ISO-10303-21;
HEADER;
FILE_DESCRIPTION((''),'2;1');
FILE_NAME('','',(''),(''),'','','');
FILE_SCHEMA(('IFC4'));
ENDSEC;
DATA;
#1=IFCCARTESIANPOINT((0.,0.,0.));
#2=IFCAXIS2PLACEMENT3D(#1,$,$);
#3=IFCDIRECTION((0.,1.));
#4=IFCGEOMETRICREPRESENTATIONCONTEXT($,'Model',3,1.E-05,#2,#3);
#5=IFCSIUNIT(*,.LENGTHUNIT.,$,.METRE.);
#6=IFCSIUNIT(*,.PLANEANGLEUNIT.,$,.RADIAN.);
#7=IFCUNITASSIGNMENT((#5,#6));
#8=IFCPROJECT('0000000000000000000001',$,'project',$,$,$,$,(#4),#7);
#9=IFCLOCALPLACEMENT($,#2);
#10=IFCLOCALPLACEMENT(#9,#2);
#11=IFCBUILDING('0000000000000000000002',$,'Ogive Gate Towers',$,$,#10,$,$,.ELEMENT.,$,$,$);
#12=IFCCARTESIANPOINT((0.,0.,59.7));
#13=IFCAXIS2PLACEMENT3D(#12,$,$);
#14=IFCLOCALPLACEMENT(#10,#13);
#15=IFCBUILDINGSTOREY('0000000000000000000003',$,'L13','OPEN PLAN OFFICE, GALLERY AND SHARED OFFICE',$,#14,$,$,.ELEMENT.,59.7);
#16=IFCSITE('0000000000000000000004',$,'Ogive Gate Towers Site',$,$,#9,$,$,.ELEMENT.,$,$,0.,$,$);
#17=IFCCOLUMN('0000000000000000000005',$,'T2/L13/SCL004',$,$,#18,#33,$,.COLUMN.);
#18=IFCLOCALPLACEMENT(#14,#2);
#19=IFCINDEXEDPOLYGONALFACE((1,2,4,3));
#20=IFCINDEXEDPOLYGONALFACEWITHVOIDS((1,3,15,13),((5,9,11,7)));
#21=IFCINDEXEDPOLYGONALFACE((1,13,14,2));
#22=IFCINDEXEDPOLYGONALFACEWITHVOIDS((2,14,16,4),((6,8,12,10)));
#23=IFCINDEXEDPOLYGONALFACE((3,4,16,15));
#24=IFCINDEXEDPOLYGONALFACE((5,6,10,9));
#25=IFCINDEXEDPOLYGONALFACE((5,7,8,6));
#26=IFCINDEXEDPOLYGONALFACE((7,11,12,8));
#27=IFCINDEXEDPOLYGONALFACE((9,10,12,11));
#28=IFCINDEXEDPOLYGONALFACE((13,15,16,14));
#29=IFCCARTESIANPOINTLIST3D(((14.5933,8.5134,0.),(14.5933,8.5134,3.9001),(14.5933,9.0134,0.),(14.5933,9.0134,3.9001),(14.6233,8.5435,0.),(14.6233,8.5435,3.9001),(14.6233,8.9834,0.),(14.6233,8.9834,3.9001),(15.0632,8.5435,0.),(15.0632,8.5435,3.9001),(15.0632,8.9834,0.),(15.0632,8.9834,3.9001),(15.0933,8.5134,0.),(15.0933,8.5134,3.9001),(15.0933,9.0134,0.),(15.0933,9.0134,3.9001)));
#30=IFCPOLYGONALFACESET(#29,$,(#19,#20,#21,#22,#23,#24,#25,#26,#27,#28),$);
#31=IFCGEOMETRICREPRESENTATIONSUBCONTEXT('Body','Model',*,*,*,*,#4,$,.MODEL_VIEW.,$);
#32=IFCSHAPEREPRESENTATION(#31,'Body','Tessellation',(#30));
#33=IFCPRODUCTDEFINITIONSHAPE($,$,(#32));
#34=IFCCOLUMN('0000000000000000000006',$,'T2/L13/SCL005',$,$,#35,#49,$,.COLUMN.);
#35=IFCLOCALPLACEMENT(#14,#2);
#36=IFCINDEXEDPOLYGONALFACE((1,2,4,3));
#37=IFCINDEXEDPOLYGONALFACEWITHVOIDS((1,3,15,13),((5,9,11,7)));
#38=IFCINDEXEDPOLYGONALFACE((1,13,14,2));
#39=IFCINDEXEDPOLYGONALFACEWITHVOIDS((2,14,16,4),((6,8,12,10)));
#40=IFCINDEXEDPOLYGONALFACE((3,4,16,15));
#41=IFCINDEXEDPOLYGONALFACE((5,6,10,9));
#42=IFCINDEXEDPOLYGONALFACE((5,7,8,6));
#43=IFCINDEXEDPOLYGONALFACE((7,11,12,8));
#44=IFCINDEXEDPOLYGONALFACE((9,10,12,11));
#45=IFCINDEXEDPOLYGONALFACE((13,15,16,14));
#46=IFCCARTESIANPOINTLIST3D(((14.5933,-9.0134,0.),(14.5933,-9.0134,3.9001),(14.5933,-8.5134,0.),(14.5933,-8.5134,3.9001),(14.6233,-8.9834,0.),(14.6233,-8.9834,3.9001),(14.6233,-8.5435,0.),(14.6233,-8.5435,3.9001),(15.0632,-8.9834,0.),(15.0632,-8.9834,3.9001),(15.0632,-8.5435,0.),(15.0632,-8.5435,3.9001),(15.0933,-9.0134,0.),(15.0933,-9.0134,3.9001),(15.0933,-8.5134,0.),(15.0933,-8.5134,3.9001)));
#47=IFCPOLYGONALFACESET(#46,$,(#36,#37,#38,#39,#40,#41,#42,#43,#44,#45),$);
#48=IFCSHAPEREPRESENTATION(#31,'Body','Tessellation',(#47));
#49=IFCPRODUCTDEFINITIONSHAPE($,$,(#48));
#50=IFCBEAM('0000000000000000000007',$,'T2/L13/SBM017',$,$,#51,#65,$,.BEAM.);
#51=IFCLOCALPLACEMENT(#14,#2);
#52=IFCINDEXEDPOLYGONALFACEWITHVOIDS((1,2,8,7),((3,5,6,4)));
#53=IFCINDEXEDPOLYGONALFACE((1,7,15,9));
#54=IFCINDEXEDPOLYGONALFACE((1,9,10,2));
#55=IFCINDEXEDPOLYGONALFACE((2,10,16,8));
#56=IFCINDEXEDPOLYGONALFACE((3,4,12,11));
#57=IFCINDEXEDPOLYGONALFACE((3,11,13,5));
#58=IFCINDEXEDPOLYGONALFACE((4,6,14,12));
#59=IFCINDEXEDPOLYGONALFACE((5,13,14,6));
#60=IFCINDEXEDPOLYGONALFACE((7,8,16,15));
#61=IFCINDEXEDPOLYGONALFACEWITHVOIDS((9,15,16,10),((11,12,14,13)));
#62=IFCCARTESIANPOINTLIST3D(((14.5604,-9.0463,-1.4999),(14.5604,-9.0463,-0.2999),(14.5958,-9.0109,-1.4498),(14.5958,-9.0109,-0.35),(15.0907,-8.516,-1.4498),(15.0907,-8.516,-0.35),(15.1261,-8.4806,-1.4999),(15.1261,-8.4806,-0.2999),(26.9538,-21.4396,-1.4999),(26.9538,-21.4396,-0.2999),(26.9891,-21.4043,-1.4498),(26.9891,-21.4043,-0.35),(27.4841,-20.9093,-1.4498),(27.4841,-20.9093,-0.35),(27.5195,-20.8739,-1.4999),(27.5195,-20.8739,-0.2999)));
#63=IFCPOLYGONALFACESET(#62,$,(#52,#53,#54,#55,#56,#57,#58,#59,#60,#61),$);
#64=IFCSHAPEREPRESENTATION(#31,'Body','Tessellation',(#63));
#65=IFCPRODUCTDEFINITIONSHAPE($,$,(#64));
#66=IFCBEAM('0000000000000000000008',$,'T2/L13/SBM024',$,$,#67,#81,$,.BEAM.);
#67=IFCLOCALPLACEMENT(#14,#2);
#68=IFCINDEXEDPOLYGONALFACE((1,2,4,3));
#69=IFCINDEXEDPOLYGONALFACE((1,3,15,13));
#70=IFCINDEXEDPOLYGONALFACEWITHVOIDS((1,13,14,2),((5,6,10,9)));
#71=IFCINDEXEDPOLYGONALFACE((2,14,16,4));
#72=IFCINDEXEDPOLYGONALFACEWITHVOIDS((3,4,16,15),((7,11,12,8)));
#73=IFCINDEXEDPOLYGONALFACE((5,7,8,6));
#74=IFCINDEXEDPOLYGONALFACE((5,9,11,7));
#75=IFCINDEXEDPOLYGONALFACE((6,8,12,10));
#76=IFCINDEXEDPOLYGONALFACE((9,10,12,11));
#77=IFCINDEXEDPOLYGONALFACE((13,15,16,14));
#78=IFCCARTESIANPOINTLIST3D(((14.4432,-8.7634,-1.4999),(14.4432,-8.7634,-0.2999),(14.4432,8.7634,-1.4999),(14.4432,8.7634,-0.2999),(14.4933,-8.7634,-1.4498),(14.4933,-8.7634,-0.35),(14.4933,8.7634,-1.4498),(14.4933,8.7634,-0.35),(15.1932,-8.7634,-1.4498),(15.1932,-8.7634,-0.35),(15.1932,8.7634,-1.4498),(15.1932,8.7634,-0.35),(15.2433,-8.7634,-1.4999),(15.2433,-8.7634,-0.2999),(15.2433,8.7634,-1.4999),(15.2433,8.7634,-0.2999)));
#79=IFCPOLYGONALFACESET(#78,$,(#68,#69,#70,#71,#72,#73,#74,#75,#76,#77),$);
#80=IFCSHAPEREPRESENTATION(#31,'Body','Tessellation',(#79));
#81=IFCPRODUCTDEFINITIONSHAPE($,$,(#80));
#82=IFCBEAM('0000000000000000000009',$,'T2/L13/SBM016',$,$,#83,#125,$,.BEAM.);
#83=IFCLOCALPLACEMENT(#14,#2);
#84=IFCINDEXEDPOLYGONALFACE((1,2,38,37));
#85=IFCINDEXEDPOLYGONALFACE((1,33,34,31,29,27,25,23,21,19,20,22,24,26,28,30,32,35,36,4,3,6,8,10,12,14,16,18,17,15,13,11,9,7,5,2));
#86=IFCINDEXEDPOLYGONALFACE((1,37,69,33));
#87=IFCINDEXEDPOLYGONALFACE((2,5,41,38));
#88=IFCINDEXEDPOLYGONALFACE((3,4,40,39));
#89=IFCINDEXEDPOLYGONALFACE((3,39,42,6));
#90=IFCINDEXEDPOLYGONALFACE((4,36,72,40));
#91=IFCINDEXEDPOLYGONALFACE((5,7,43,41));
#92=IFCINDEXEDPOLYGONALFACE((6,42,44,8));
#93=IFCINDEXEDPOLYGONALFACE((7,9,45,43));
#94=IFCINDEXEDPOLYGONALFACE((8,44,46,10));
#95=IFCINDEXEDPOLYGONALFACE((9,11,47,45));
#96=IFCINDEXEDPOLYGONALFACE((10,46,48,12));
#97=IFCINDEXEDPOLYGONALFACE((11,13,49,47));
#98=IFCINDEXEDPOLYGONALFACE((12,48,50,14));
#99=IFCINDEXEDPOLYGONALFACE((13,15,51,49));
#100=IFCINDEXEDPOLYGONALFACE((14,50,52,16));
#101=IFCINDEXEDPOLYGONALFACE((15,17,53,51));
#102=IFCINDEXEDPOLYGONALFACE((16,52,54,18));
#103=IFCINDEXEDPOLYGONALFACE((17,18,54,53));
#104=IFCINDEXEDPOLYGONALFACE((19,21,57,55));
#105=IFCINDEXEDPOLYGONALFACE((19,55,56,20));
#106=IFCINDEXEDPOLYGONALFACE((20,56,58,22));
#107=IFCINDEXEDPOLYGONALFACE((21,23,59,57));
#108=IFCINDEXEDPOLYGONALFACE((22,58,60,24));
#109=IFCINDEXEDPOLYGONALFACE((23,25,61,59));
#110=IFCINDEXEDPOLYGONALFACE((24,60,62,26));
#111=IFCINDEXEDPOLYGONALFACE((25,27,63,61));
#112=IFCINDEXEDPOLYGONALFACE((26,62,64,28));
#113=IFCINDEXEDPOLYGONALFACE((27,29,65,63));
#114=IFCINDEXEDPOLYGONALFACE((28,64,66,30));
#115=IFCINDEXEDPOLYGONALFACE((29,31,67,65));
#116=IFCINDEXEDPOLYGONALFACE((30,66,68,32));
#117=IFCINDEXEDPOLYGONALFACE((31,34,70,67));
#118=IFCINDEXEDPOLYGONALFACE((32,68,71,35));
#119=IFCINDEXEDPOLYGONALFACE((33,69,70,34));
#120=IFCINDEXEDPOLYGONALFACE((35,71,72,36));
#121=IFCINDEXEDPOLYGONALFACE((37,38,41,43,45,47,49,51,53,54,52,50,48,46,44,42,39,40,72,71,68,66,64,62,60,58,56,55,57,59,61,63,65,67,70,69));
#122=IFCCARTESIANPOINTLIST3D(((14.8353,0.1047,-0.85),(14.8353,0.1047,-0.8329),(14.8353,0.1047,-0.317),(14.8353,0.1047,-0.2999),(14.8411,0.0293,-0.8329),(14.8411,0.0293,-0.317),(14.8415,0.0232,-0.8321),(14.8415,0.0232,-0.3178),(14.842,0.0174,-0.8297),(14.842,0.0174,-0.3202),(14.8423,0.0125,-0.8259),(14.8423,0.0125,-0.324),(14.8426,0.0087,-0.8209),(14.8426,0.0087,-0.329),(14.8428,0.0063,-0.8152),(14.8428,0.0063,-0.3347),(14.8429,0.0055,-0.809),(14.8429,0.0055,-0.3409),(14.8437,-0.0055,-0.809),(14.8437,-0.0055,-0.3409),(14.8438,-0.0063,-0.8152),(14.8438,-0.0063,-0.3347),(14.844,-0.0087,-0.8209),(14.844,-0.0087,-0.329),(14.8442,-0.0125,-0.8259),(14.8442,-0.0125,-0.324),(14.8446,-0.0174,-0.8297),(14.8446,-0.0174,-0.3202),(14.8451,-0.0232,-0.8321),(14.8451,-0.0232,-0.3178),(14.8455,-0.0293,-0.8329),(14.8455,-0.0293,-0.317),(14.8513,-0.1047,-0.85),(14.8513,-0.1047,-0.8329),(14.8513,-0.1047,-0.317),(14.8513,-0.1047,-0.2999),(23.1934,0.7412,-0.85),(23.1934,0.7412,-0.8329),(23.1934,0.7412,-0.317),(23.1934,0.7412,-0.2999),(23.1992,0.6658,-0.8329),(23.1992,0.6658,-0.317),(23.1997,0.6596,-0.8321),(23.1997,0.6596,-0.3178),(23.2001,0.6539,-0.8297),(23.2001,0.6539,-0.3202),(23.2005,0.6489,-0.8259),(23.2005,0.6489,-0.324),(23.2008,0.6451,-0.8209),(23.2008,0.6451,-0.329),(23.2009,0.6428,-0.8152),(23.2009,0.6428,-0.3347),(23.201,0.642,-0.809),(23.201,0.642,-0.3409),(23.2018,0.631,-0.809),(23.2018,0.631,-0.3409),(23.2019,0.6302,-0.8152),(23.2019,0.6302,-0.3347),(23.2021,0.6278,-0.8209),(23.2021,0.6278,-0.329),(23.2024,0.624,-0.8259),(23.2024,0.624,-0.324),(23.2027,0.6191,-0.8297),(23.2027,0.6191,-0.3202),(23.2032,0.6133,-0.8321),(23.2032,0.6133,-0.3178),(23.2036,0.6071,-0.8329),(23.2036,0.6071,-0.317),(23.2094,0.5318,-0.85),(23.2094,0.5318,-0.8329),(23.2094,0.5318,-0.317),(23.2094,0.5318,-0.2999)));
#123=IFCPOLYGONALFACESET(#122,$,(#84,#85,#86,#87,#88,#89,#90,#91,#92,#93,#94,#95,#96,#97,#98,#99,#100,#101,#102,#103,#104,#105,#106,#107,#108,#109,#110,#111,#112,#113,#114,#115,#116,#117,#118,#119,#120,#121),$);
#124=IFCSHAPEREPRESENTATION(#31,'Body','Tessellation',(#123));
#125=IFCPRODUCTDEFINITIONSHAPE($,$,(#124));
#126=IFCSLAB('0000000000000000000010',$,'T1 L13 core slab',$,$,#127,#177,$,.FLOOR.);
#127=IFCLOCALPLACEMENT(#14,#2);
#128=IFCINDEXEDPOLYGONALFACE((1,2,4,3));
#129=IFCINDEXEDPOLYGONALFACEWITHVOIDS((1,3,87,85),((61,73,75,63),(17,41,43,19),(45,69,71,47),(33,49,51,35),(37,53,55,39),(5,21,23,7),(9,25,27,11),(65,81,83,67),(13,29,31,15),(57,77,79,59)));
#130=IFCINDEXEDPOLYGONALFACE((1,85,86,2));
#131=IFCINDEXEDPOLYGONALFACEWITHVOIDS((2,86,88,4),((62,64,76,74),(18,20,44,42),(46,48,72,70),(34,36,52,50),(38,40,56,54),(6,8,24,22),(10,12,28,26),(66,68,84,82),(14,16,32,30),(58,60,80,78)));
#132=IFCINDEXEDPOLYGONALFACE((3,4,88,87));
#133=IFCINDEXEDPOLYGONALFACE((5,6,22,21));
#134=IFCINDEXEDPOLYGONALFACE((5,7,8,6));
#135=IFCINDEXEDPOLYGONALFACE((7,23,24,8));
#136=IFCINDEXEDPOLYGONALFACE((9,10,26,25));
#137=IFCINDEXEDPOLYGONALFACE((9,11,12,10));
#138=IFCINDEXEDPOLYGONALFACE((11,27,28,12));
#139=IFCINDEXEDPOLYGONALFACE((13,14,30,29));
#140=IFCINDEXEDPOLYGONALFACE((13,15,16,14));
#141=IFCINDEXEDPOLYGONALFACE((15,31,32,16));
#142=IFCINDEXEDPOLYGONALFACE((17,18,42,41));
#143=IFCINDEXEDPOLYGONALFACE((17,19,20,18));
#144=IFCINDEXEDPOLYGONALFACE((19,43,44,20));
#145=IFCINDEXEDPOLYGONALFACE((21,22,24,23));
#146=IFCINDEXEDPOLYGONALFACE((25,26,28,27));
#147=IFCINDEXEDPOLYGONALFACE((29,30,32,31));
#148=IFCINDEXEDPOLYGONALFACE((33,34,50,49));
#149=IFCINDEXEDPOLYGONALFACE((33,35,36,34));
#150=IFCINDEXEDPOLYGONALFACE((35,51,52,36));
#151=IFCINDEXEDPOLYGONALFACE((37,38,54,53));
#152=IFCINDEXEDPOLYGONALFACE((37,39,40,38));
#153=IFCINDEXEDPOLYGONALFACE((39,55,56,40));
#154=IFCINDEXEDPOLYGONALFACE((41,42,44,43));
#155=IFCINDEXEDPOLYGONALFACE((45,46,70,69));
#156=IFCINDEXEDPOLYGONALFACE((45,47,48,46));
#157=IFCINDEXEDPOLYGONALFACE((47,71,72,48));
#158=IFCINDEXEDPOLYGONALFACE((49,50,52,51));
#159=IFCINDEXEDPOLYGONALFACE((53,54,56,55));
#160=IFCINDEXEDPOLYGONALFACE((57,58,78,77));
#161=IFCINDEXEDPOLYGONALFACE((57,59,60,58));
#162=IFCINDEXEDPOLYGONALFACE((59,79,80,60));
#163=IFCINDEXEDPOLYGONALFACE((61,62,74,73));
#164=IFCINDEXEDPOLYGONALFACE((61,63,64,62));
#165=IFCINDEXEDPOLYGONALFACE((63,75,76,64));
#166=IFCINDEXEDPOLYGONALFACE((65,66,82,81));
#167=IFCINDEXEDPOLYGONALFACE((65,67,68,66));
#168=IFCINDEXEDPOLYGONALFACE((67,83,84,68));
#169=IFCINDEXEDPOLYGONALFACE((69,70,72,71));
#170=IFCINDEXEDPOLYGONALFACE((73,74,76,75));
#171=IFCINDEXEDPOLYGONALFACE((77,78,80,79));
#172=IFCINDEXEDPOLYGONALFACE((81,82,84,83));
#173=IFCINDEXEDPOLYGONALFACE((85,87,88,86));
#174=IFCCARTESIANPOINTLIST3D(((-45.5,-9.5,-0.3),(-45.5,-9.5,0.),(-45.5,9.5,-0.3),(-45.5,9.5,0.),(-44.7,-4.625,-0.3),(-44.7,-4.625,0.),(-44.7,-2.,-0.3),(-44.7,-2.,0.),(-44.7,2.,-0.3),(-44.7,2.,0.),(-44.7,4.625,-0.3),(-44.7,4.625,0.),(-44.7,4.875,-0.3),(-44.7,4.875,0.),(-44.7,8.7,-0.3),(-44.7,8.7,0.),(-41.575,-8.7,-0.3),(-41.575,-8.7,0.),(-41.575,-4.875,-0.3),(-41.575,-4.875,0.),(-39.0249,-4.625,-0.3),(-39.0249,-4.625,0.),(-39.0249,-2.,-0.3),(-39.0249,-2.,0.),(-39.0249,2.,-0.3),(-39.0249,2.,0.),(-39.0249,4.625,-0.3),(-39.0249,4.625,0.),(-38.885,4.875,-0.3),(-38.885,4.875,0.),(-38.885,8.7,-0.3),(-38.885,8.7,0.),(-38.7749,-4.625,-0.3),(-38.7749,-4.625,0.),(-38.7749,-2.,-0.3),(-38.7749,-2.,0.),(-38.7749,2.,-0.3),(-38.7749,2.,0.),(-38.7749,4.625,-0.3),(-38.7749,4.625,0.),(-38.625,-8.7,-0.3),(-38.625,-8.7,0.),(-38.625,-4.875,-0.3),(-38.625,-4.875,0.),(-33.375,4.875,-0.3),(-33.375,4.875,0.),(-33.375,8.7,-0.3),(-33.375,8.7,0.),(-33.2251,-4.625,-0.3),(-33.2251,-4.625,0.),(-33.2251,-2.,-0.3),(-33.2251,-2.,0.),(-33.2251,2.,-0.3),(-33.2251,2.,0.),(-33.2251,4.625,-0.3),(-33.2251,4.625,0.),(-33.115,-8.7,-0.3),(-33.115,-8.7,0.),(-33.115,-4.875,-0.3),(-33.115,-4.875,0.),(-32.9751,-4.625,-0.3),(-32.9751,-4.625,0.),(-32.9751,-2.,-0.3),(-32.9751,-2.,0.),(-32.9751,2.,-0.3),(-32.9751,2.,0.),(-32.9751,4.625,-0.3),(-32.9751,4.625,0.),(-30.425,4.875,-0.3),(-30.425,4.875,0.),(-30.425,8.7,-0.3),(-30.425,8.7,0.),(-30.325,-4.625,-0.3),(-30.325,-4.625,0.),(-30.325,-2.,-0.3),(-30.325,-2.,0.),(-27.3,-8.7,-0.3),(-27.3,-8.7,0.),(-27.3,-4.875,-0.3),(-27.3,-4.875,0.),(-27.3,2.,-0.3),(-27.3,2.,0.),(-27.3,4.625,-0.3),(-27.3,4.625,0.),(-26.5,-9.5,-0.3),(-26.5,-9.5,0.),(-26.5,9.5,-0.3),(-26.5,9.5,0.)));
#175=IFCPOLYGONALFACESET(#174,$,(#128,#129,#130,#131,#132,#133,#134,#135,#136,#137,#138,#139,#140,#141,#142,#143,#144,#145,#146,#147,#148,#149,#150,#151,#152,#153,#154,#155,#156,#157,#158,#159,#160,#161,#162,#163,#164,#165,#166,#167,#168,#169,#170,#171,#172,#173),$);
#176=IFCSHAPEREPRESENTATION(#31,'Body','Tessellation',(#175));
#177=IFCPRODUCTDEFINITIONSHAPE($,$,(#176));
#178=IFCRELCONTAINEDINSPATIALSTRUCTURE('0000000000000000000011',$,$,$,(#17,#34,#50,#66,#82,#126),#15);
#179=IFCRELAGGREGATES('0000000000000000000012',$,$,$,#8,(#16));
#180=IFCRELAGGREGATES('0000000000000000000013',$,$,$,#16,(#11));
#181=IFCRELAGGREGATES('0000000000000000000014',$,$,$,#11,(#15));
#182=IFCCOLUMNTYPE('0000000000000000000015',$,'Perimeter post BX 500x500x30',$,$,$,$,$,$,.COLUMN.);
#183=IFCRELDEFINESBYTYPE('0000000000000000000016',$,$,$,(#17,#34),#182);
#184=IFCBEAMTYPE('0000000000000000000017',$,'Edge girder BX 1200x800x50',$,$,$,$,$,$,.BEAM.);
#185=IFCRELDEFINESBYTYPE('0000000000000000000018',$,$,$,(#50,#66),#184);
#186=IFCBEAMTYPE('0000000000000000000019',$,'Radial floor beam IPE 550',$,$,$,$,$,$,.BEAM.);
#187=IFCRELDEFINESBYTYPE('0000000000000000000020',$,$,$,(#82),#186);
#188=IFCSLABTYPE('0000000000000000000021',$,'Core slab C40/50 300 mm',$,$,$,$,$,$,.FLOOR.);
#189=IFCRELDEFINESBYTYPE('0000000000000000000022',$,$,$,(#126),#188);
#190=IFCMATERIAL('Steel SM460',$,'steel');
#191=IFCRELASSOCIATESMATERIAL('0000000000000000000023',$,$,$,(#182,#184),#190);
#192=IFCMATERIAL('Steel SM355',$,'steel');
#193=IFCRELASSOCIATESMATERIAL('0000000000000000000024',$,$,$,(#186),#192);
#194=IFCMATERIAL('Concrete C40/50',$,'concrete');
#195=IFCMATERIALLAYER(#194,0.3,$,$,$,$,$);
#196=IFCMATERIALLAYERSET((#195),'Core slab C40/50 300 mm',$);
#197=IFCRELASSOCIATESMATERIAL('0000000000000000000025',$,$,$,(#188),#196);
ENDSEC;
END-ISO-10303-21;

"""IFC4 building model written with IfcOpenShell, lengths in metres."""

from ifc_helpers import new_model, si_unit, direction, frame, origin, origin_2d, place, context, subcontext, project, spatial, polyline, hollow_rectangle, i_section, outline, extrude, material, layer, layer_set, material_profile, profile_set, type_object, element, save


model = new_model("IFC4")

# Units and contexts
model_context = context("Model", 3, precision=1e-05, world=origin(), true_north=direction((0.0, 1.0)))
body_context = subcontext(model_context, "Body", "Model", "MODEL_VIEW")
ifc_project = project(units=[si_unit("LENGTHUNIT", "METRE"), si_unit("PLANEANGLEUNIT", "RADIAN")], contexts=[model_context])

# Site, building, storey
site_placement = place(None, origin())
site = spatial("IfcSite", under=ifc_project, at=site_placement, Name="Ogive Gate Towers Site", CompositionType="ELEMENT", RefElevation=0.0)
building_placement = place(site_placement, origin())
building = spatial("IfcBuilding", under=site, at=building_placement, Name="Ogive Gate Towers", CompositionType="ELEMENT")
storey_placement = place(building_placement, frame((0.0, 0.0, 59.7)))
storey = spatial("IfcBuildingStorey", under=building, at=storey_placement, Name="L13", Description="OPEN PLAN OFFICE, GALLERY AND SHARED OFFICE", CompositionType="ELEMENT", Elevation=59.7)

# Columns
ifc_material_1 = material(Name="Steel SM460", Category="steel")
ifc_material_profile_1 = material_profile(ifc_material_1, hollow_rectangle(XDim=0.5, YDim=0.5, WallThickness=0.03, at=origin_2d()), Name="BX 500x500x30")
ifc_profile_set_1 = profile_set([ifc_material_profile_1], Name="Steel SM460")
column_type = type_object("IfcColumnType", Name="Perimeter post BX 500x500x30", PredefinedType="COLUMN", material=ifc_profile_set_1)
for number, where, z_axis, x_axis, name in (
    (1, (14.8433, 8.7634, 0.0), (0.0, 0.0, 1.0), (1.0, 0.0, 0.0), "T2/L13/SCL004"),
    (2, (14.8433, -8.7634, 0.0), (0.0, 0.0, 1.0), (1.0, 0.0, 0.0), "T2/L13/SCL005"),
):
    element("IfcColumn", number, at=place(storey_placement, frame(where, z_axis=z_axis, x_axis=x_axis)), inside=storey, type_object=column_type, Name=name, PredefinedType="COLUMN", context=body_context, shape_type="SweptSolid", body=[
        extrude(hollow_rectangle(XDim=0.5, YDim=0.5, WallThickness=0.03, at=origin_2d()), origin(), (0.0, 0.0, 1.0), 3.9001),
    ])

# Beams
ifc_material_profile_2 = material_profile(ifc_material_1, hollow_rectangle(XDim=0.8, YDim=1.2, WallThickness=0.05, at=origin_2d()), Name="BX 1200x800x50")
ifc_profile_set_2 = profile_set([ifc_material_profile_2], Name="Steel SM460")
beam_type_1 = type_object("IfcBeamType", Name="Edge girder BX 1200x800x50", PredefinedType="BEAM", material=ifc_profile_set_2)
for number, where, z_axis, x_axis, name in (
    (3, (14.8433, -8.7634, -0.8999), (0.707107, -0.707107, 0.0), (0.707107, 0.707107, 0.0), "T2/L13/SBM017"),
    (4, (14.8433, 8.7634, -0.8999), (0.0, -1.0, 0.0), (1.0, 0.0, 0.0), "T2/L13/SBM024"),
):
    element("IfcBeam", number, at=place(storey_placement, frame(where, z_axis=z_axis, x_axis=x_axis)), inside=storey, type_object=beam_type_1, Name=name, PredefinedType="BEAM", context=body_context, shape_type="SweptSolid", body=[
        extrude(hollow_rectangle(XDim=0.8, YDim=1.2, WallThickness=0.05, at=origin_2d()), origin(), (0.0, 0.0, 1.0), 17.5269),
    ])
ifc_material_2 = material(Name="Steel SM355", Category="steel")
ifc_material_profile_3 = material_profile(ifc_material_2, i_section(OverallWidth=0.21, OverallDepth=0.55, WebThickness=0.011, FlangeThickness=0.0171, FilletRadius=0.0239, at=origin_2d()), Name="IPE 550")
ifc_profile_set_3 = profile_set([ifc_material_profile_3], Name="Steel SM355")
beam_type_2 = type_object("IfcBeamType", Name="Radial floor beam IPE 550", PredefinedType="BEAM", material=ifc_profile_set_3)
beam_placement = place(storey_placement, frame((23.2014, 0.6365, -0.575), z_axis=(-0.997113, -0.07593, 0.0), x_axis=(0.07593, -0.997113, 0.0)))
element("IfcBeam", 5, at=beam_placement, inside=storey, type_object=beam_type_2, Name="T2/L13/SBM016", PredefinedType="BEAM", context=body_context, shape_type="SweptSolid", body=[
    extrude(i_section(OverallWidth=0.21, OverallDepth=0.55, WebThickness=0.011, FlangeThickness=0.0171, FilletRadius=0.0239, at=origin_2d()), origin(), (0.0, 0.0, 1.0), 8.3823),
])

# Slab
ifc_material_3 = material(Name="Concrete C40/50", Category="concrete")
ifc_layer_1 = layer(ifc_material_3, 0.3)
ifc_layer_set_1 = layer_set([ifc_layer_1], Name="Core slab C40/50 300 mm")
slab_type_1 = type_object("IfcSlabType", Name="Core slab C40/50 300 mm", PredefinedType="FLOOR", material=ifc_layer_set_1)
slab_1_placement = place(storey_placement, frame((0.0, 0.0, -0.3)))
element("IfcSlab", 6, at=slab_1_placement, inside=storey, type_object=slab_type_1, Name="T1 L13 core slab", PredefinedType="FLOOR", context=body_context, shape_type="SweptSolid", body=[
    extrude(outline(polyline([(-26.5, 9.5), (-26.5, -9.5), (-45.5, -9.5), (-45.5, 9.5), (-26.5, 9.5)]), holes=[polyline([(-39.0249, 4.625), (-44.7, 4.625), (-44.7, 2.0), (-39.0249, 2.0), (-39.0249, 4.625)]), polyline([(-33.2251, 2.0), (-33.2251, 4.625), (-38.7749, 4.625), (-38.7749, 2.0), (-33.2251, 2.0)]), polyline([(-32.9751, 2.0), (-27.3, 2.0), (-27.3, 4.625), (-32.9751, 4.625), (-32.9751, 2.0)]), polyline([(-44.7, -2.0), (-44.7, -4.625), (-39.0249, -4.625), (-39.0249, -2.0), (-44.7, -2.0)]), polyline([(-33.2251, -2.0), (-38.7749, -2.0), (-38.7749, -4.625), (-33.2251, -4.625), (-33.2251, -2.0)]), polyline([(-30.325, -4.625), (-30.325, -2.0), (-32.9751, -2.0), (-32.9751, -4.625), (-30.325, -4.625)]), polyline([(-33.375, 4.875), (-30.425, 4.875), (-30.425, 8.7), (-33.375, 8.7), (-33.375, 4.875)]), polyline([(-41.575, -4.875), (-41.575, -8.7), (-38.625, -8.7), (-38.625, -4.875), (-41.575, -4.875)]), polyline([(-44.7, 4.875), (-38.885, 4.875), (-38.885, 8.7), (-44.7, 8.7), (-44.7, 4.875)]), polyline([(-27.3, -8.7), (-27.3, -4.875), (-33.115, -4.875), (-33.115, -8.7), (-27.3, -8.7)])]), origin(), (0.0, 0.0, 1.0), 0.3),
])

save(model, "model.ifc")
